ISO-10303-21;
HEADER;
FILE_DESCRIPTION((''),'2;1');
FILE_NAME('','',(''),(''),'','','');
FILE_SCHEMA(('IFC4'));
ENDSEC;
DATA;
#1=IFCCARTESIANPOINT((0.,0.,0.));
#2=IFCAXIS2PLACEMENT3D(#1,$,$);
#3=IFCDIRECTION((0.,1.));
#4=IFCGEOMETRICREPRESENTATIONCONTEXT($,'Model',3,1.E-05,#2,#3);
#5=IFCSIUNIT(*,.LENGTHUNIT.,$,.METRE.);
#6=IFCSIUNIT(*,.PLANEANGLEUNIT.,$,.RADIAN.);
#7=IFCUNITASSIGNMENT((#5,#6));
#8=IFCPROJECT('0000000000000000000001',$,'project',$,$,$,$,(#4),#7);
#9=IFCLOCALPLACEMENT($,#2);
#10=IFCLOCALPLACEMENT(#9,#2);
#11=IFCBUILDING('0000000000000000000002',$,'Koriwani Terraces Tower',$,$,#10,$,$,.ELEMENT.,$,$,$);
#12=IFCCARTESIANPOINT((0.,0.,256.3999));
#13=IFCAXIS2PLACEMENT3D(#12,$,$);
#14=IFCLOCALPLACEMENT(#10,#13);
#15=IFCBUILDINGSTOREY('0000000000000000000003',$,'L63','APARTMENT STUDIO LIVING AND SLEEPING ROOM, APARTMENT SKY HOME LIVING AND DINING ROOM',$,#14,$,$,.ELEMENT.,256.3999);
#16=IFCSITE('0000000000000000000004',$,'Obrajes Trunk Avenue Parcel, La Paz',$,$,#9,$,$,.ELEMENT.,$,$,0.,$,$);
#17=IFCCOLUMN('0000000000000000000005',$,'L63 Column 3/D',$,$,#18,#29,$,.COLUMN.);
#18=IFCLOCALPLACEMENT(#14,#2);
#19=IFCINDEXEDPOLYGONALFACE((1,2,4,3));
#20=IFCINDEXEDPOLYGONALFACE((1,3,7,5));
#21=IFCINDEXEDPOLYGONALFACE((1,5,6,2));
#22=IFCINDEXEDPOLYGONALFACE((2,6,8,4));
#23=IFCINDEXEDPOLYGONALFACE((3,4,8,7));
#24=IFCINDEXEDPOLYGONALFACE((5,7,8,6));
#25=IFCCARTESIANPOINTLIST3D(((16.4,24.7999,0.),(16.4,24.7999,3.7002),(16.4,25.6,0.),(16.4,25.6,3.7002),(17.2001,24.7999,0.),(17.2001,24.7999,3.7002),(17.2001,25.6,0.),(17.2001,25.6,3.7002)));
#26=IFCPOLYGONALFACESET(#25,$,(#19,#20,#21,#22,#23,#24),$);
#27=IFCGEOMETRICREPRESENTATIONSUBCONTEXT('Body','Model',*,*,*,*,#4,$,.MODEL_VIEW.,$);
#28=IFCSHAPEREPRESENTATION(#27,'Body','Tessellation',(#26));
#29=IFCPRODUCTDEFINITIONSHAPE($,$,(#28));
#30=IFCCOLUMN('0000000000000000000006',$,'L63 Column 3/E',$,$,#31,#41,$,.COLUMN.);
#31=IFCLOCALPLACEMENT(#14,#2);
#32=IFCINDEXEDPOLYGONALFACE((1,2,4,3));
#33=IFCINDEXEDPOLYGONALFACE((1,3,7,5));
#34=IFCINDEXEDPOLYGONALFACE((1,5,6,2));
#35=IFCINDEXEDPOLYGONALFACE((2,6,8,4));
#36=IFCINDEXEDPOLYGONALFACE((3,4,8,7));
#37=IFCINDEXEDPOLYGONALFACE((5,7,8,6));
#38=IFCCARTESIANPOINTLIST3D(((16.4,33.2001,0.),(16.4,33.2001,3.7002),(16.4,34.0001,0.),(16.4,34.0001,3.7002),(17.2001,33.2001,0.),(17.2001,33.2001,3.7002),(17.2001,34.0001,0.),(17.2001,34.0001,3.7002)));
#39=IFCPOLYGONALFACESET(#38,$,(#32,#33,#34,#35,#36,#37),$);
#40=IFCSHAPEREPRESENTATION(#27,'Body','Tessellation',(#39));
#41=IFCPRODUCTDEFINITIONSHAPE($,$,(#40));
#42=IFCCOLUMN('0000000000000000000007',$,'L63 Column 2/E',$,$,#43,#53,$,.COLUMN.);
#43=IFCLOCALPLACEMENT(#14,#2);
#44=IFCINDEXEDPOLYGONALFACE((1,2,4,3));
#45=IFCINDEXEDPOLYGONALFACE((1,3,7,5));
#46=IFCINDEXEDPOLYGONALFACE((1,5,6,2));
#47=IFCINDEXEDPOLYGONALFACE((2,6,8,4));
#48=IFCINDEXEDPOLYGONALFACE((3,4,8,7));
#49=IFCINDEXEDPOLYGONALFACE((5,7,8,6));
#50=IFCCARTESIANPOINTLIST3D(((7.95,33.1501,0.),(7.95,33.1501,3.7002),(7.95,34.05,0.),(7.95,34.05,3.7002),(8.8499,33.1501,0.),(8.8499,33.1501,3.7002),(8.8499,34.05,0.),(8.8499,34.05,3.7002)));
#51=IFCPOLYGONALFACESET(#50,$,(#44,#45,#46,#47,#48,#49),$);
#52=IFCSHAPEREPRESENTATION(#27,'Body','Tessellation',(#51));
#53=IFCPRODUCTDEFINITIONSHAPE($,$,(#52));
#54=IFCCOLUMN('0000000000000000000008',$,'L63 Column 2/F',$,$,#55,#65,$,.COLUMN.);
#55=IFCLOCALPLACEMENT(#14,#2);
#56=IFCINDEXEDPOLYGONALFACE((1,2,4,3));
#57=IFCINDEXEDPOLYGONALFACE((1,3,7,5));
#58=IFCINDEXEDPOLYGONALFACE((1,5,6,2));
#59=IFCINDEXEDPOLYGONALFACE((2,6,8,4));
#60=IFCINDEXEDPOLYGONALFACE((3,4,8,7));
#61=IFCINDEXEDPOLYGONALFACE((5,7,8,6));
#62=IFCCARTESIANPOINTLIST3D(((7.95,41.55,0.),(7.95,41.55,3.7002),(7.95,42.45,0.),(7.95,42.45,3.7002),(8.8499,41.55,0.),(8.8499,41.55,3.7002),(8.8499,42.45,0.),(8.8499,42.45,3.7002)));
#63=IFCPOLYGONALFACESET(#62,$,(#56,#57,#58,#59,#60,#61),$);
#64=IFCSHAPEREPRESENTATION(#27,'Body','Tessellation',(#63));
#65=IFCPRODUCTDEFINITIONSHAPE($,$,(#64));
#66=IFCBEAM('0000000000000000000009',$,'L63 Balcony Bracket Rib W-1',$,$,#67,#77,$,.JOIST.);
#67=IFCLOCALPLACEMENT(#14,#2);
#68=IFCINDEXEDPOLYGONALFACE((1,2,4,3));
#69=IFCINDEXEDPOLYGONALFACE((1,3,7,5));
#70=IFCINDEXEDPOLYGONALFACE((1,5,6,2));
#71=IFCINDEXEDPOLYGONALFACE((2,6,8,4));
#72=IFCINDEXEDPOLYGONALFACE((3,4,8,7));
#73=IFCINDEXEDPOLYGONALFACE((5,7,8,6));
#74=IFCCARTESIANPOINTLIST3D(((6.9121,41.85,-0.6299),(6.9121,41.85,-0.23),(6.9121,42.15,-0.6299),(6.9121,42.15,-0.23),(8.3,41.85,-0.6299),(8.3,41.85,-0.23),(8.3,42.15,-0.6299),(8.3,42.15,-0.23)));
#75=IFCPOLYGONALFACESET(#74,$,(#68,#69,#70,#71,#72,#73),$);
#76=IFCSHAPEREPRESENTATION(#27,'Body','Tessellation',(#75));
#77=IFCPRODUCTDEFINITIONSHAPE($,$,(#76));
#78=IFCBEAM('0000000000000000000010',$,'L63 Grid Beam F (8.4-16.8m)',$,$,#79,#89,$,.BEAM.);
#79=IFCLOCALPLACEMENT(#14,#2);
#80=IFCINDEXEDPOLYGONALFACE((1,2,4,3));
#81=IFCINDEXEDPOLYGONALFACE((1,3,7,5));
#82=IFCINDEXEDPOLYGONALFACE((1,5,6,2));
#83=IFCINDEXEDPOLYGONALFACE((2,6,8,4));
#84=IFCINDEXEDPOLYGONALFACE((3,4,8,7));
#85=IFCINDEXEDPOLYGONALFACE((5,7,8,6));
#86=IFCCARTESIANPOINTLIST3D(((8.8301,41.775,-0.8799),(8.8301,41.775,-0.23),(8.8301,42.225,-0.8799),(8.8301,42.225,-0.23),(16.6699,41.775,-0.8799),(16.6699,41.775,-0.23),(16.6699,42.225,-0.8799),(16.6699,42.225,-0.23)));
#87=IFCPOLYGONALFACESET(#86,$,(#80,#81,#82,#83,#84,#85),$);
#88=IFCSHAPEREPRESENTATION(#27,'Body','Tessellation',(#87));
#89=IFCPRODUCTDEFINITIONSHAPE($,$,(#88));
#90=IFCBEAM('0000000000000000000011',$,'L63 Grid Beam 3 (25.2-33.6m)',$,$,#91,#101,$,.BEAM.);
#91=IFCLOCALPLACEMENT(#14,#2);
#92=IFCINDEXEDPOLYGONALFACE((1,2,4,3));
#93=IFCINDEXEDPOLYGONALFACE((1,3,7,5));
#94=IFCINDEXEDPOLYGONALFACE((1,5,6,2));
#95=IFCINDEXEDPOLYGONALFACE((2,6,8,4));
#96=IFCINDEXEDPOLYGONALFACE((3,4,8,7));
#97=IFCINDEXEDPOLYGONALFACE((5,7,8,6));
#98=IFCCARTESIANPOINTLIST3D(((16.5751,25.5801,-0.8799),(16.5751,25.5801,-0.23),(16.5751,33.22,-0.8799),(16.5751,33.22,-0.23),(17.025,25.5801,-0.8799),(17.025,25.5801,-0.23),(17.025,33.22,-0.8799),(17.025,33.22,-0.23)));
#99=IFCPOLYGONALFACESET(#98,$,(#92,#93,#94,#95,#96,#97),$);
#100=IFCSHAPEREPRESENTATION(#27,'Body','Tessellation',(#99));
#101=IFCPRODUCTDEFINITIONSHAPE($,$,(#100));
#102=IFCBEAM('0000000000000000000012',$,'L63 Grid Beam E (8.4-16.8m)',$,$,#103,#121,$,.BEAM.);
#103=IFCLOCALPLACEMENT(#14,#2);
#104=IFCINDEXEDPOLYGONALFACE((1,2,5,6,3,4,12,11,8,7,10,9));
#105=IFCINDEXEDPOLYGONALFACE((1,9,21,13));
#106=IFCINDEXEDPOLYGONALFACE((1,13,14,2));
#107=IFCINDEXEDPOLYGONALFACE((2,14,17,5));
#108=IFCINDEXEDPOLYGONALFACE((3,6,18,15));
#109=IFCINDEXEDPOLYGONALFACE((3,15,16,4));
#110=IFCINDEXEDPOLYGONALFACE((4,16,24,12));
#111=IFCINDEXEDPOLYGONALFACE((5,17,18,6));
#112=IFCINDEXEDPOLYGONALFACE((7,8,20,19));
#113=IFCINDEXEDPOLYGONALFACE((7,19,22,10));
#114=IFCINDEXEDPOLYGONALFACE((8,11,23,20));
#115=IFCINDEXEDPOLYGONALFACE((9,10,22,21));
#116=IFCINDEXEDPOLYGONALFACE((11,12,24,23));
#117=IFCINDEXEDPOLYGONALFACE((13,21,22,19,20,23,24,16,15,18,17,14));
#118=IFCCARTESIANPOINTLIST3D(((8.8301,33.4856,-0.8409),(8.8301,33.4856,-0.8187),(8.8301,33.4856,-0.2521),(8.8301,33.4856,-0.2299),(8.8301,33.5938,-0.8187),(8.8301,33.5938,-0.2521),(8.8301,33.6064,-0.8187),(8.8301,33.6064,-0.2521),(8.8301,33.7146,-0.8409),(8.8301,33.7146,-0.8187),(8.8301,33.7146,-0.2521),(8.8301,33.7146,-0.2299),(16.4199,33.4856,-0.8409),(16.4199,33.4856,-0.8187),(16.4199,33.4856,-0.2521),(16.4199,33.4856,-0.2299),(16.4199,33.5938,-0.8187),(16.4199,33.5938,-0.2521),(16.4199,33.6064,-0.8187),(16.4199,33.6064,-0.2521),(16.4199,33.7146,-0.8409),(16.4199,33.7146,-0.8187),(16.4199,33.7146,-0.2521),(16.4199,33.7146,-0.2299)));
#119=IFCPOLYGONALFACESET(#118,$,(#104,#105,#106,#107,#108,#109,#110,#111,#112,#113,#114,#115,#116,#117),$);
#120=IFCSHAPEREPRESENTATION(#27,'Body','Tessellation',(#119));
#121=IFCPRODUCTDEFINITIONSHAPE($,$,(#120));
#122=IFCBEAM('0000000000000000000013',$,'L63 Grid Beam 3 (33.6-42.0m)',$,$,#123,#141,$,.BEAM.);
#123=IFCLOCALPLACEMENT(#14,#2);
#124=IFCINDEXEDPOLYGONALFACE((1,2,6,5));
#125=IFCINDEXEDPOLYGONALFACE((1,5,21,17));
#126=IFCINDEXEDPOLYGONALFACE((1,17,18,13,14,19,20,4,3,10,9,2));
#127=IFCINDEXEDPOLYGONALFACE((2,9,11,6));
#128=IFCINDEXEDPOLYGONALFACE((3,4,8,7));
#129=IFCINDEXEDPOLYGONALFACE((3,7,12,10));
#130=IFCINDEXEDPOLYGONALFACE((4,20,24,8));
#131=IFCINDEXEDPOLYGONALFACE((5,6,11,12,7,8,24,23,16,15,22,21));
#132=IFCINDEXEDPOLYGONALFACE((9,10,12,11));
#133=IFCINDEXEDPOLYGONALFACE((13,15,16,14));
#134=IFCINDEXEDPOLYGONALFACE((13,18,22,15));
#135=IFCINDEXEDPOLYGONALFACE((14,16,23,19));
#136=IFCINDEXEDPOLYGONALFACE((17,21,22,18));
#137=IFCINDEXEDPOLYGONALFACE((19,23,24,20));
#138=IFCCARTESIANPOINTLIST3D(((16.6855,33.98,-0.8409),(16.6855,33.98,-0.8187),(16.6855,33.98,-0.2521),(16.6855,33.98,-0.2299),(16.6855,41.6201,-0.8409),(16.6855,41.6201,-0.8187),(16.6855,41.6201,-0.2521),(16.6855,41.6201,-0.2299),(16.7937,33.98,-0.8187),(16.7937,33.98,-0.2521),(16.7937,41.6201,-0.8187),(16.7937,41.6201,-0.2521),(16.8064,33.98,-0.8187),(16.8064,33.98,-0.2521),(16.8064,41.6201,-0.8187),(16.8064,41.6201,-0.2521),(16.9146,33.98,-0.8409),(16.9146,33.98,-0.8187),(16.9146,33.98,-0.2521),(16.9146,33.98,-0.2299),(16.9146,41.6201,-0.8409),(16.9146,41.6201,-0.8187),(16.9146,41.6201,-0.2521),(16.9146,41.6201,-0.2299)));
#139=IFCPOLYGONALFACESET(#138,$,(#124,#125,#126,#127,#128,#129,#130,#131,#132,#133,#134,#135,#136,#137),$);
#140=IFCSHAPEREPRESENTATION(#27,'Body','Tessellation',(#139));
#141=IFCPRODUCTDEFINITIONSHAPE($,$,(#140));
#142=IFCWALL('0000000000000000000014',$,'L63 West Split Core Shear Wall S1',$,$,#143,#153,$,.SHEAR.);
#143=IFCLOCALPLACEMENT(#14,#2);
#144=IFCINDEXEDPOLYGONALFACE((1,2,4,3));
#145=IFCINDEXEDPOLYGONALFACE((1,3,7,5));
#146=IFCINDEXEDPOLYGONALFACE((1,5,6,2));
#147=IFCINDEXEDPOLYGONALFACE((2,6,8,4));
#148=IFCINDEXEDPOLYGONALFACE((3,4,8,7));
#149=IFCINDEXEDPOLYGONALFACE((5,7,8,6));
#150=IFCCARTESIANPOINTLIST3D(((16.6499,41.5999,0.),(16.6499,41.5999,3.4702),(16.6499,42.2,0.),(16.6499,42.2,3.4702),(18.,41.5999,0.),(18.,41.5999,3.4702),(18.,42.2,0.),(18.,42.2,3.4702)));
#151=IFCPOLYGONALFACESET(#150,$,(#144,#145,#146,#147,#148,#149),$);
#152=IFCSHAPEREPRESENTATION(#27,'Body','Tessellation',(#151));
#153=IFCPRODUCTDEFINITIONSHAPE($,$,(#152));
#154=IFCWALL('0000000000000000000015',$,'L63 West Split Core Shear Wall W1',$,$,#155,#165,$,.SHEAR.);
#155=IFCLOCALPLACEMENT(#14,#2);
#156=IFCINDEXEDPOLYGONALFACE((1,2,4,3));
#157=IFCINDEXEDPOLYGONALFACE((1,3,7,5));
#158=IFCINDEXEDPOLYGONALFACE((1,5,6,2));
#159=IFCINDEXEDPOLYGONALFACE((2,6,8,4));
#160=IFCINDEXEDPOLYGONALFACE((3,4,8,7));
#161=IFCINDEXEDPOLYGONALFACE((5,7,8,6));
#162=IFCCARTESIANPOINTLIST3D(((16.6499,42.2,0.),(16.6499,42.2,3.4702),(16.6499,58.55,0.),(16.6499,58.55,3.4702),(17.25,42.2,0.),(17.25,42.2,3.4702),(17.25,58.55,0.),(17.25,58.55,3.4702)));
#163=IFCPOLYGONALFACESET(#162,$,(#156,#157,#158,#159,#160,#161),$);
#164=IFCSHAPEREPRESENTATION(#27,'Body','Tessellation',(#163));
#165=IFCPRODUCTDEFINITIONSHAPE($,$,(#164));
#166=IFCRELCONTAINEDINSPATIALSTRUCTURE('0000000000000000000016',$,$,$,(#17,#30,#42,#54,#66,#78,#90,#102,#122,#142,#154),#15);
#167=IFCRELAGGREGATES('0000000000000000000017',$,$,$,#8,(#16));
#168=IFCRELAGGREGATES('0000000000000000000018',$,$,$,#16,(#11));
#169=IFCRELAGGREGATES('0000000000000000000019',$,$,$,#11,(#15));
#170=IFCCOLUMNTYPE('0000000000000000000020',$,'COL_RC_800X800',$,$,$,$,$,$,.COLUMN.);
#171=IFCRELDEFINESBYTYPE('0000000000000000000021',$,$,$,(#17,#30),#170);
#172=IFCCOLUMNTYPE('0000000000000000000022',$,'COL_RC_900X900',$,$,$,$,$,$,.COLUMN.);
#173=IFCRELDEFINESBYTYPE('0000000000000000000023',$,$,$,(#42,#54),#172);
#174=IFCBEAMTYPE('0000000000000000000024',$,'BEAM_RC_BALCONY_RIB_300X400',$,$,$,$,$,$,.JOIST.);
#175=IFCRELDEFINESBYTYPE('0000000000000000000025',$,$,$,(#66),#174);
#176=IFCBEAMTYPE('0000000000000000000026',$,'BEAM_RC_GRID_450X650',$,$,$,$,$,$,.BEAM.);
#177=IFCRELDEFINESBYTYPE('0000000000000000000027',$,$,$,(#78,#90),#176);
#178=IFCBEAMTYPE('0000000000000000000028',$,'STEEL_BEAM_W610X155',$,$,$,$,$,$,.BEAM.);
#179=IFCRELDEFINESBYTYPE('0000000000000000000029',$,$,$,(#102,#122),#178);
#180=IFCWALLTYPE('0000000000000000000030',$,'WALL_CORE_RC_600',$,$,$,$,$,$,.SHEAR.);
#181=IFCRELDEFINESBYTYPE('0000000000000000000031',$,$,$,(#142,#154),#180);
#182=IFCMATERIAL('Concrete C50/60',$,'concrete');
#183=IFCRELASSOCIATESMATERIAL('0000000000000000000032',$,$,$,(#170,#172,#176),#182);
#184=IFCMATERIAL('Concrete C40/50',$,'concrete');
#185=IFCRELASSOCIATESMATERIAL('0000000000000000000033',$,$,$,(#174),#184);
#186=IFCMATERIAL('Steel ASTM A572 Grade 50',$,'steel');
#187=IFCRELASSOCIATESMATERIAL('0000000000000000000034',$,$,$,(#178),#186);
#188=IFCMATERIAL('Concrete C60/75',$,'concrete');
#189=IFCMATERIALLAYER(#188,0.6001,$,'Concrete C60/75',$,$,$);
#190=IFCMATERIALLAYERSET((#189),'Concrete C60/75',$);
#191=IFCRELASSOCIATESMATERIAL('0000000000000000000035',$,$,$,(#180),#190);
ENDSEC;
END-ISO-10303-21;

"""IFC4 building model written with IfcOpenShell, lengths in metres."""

from ifc_helpers import new_model, si_unit, direction, frame, frame_2d, origin, origin_2d, place, context, subcontext, project, spatial, rectangle, i_section, extrude, material, layer, layer_set, material_profile, profile_set, type_object, element, save


model = new_model("IFC4")

# Units and contexts
model_context = context("Model", 3, precision=1e-05, world=origin(), true_north=direction((0.0, 1.0)))
body_context = subcontext(model_context, "Body", "Model", "MODEL_VIEW")
ifc_project = project(units=[si_unit("LENGTHUNIT", "METRE"), si_unit("PLANEANGLEUNIT", "RADIAN")], contexts=[model_context])

# Site, building, storey
site_placement = place(None, origin())
site = spatial("IfcSite", under=ifc_project, at=site_placement, Name="Obrajes Trunk Avenue Parcel, La Paz", CompositionType="ELEMENT", RefElevation=0.0)
building_placement = place(site_placement, origin())
building = spatial("IfcBuilding", under=site, at=building_placement, Name="Koriwani Terraces Tower", CompositionType="ELEMENT")
storey_placement = place(building_placement, frame((0.0, 0.0, 256.3999)))
storey = spatial("IfcBuildingStorey", under=building, at=storey_placement, Name="L63", Description="APARTMENT STUDIO LIVING AND SLEEPING ROOM, APARTMENT SKY HOME LIVING AND DINING ROOM", CompositionType="ELEMENT", Elevation=256.3999)

# Columns
ifc_material_1 = material(Name="Concrete C50/60", Category="concrete")
ifc_material_profile_1 = material_profile(ifc_material_1, rectangle(XDim=0.8, YDim=0.8, at=origin_2d()), Name="Concrete C50/60", Category="LoadBearing")
ifc_profile_set_1 = profile_set([ifc_material_profile_1], Name="Concrete C50/60")
column_type_1 = type_object("IfcColumnType", Name="COL_RC_800X800", PredefinedType="COLUMN", material=ifc_profile_set_1)
for number, where, z_axis, x_axis, name in (
    (1, (16.8, 25.2, 0.0), (0.0, 0.0, 1.0), (1.0, 0.0, 0.0), "L63 Column 3/D"),
    (2, (16.8, 33.6001, 0.0), (0.0, 0.0, 1.0), (1.0, 0.0, 0.0), "L63 Column 3/E"),
):
    element("IfcColumn", number, at=place(storey_placement, frame(where, z_axis=z_axis, x_axis=x_axis)), inside=storey, type_object=column_type_1, Name=name, PredefinedType="COLUMN", context=body_context, shape_type="SweptSolid", body=[
        extrude(rectangle(XDim=0.8, YDim=0.8, at=origin_2d()), origin(), (0.0, 0.0, 1.0), 3.7002),
    ])
ifc_material_profile_2 = material_profile(ifc_material_1, rectangle(XDim=0.8999, YDim=0.8999, at=origin_2d()), Name="Concrete C50/60", Category="LoadBearing")
ifc_profile_set_2 = profile_set([ifc_material_profile_2], Name="Concrete C50/60")
column_type_2 = type_object("IfcColumnType", Name="COL_RC_900X900", PredefinedType="COLUMN", material=ifc_profile_set_2)
for number, where, z_axis, x_axis, name in (
    (3, (8.3999, 33.6001, 0.0), (0.0, 0.0, 1.0), (1.0, 0.0, 0.0), "L63 Column 2/E"),
    (4, (8.3999, 42.0, 0.0), (0.0, 0.0, 1.0), (1.0, 0.0, 0.0), "L63 Column 2/F"),
):
    element("IfcColumn", number, at=place(storey_placement, frame(where, z_axis=z_axis, x_axis=x_axis)), inside=storey, type_object=column_type_2, Name=name, PredefinedType="COLUMN", context=body_context, shape_type="SweptSolid", body=[
        extrude(rectangle(XDim=0.8999, YDim=0.8999, at=origin_2d()), origin(), (0.0, 0.0, 1.0), 3.7002),
    ])

# Beams
ifc_material_2 = material(Name="Concrete C40/50", Category="concrete")
ifc_material_profile_3 = material_profile(ifc_material_2, rectangle(XDim=0.3, YDim=0.3999, at=origin_2d()), Name="Concrete C40/50", Category="LoadBearing")
ifc_profile_set_3 = profile_set([ifc_material_profile_3], Name="Concrete C40/50")
beam_type_1 = type_object("IfcBeamType", Name="BEAM_RC_BALCONY_RIB_300X400", PredefinedType="JOIST", material=ifc_profile_set_3)
beam_1_placement = place(storey_placement, frame((6.9121, 42.0, -0.4299), z_axis=(1.0, 0.0, 0.0), x_axis=(0.0, 1.0, 0.0)))
element("IfcBeam", 5, at=beam_1_placement, inside=storey, type_object=beam_type_1, Name="L63 Balcony Bracket Rib W-1", PredefinedType="JOIST", context=body_context, shape_type="SweptSolid", body=[
    extrude(rectangle(XDim=0.3, YDim=0.3999, at=origin_2d()), origin(), (0.0, 0.0, 1.0), 1.3879),
])
ifc_material_profile_4 = material_profile(ifc_material_1, rectangle(XDim=0.45, YDim=0.6499, at=origin_2d()), Name="Concrete C50/60", Category="LoadBearing")
ifc_profile_set_4 = profile_set([ifc_material_profile_4], Name="Concrete C50/60")
beam_type_2 = type_object("IfcBeamType", Name="BEAM_RC_GRID_450X650", PredefinedType="BEAM", material=ifc_profile_set_4)
beam_2_placement = place(storey_placement, frame((8.8301, 42.0, -0.5549), z_axis=(1.0, 0.0, 0.0), x_axis=(0.0, 1.0, 0.0)))
element("IfcBeam", 6, at=beam_2_placement, inside=storey, type_object=beam_type_2, Name="L63 Grid Beam F (8.4-16.8m)", PredefinedType="BEAM", context=body_context, shape_type="SweptSolid", body=[
    extrude(rectangle(XDim=0.45, YDim=0.6499, at=origin_2d()), origin(), (0.0, 0.0, 1.0), 7.8398),
])
beam_3_placement = place(storey_placement, frame((16.8, 25.5801, -0.5549), z_axis=(0.0, 1.0, 0.0), x_axis=(-1.0, 0.0, 0.0)))
element("IfcBeam", 7, at=beam_3_placement, inside=storey, type_object=beam_type_2, Name="L63 Grid Beam 3 (25.2-33.6m)", PredefinedType="BEAM", context=body_context, shape_type="SweptSolid", body=[
    extrude(rectangle(XDim=0.45, YDim=0.6499, at=origin_2d()), origin(), (0.0, 0.0, 1.0), 7.6399),
])
ifc_material_3 = material(Name="Steel ASTM A572 Grade 50", Category="steel")
ifc_material_profile_5 = material_profile(ifc_material_3, i_section(OverallWidth=0.229, OverallDepth=0.6111, WebThickness=0.0127, FlangeThickness=0.0222, at=origin_2d()), Name="Steel ASTM A572 Grade 50", Category="LoadBearing")
ifc_profile_set_5 = profile_set([ifc_material_profile_5], Name="Steel ASTM A572 Grade 50")
beam_type_3 = type_object("IfcBeamType", Name="STEEL_BEAM_W610X155", PredefinedType="BEAM", material=ifc_profile_set_5)
beam_4_placement = place(storey_placement, frame((8.8301, 33.6001, -0.5354), z_axis=(1.0, 0.0, 0.0), x_axis=(0.0, 1.0, 0.0)))
element("IfcBeam", 8, at=beam_4_placement, inside=storey, type_object=beam_type_3, Name="L63 Grid Beam E (8.4-16.8m)", PredefinedType="BEAM", context=body_context, shape_type="SweptSolid", body=[
    extrude(i_section(OverallWidth=0.229, OverallDepth=0.6111, WebThickness=0.0127, FlangeThickness=0.0222, at=origin_2d()), origin(), (0.0, 0.0, 1.0), 7.5898),
])
beam_5_placement = place(storey_placement, frame((16.8, 33.98, -0.5354), z_axis=(0.0, 1.0, 0.0), x_axis=(-1.0, 0.0, 0.0)))
element("IfcBeam", 9, at=beam_5_placement, inside=storey, type_object=beam_type_3, Name="L63 Grid Beam 3 (33.6-42.0m)", PredefinedType="BEAM", context=body_context, shape_type="SweptSolid", body=[
    extrude(i_section(OverallWidth=0.229, OverallDepth=0.6111, WebThickness=0.0127, FlangeThickness=0.0222, at=origin_2d()), origin(), (0.0, 0.0, 1.0), 7.6401),
])

# Walls
ifc_material_4 = material(Name="Concrete C60/75", Category="concrete")
ifc_layer_1 = layer(ifc_material_4, 0.6001, Name="Concrete C60/75")
ifc_layer_set_1 = layer_set([ifc_layer_1], Name="Concrete C60/75")
wall_type_1 = type_object("IfcWallType", Name="WALL_CORE_RC_600", PredefinedType="SHEAR", material=ifc_layer_set_1)
wall_1_placement = place(storey_placement, frame((16.6499, 41.8999, 0.0), z_axis=(0.0, 0.0, 1.0), x_axis=(1.0, 0.0, 0.0)))
element("IfcWall", 10, at=wall_1_placement, inside=storey, type_object=wall_type_1, Name="L63 West Split Core Shear Wall S1", PredefinedType="SHEAR", context=body_context, shape_type="SweptSolid", body=[
    extrude(rectangle(XDim=1.3501, YDim=0.6001, at=frame_2d((0.675, 0.0))), origin(), (0.0, 0.0, 1.0), 3.4702),
])
wall_2_placement = place(storey_placement, frame((16.95, 42.2, 0.0), z_axis=(0.0, 0.0, 1.0), x_axis=(0.0, 1.0, 0.0)))
element("IfcWall", 11, at=wall_2_placement, inside=storey, type_object=wall_type_1, Name="L63 West Split Core Shear Wall W1", PredefinedType="SHEAR", context=body_context, shape_type="SweptSolid", body=[
    extrude(rectangle(XDim=16.3501, YDim=0.6001, at=frame_2d((8.175, 0.0))), origin(), (0.0, 0.0, 1.0), 3.4702),
])

save(model, "model.ifc")
